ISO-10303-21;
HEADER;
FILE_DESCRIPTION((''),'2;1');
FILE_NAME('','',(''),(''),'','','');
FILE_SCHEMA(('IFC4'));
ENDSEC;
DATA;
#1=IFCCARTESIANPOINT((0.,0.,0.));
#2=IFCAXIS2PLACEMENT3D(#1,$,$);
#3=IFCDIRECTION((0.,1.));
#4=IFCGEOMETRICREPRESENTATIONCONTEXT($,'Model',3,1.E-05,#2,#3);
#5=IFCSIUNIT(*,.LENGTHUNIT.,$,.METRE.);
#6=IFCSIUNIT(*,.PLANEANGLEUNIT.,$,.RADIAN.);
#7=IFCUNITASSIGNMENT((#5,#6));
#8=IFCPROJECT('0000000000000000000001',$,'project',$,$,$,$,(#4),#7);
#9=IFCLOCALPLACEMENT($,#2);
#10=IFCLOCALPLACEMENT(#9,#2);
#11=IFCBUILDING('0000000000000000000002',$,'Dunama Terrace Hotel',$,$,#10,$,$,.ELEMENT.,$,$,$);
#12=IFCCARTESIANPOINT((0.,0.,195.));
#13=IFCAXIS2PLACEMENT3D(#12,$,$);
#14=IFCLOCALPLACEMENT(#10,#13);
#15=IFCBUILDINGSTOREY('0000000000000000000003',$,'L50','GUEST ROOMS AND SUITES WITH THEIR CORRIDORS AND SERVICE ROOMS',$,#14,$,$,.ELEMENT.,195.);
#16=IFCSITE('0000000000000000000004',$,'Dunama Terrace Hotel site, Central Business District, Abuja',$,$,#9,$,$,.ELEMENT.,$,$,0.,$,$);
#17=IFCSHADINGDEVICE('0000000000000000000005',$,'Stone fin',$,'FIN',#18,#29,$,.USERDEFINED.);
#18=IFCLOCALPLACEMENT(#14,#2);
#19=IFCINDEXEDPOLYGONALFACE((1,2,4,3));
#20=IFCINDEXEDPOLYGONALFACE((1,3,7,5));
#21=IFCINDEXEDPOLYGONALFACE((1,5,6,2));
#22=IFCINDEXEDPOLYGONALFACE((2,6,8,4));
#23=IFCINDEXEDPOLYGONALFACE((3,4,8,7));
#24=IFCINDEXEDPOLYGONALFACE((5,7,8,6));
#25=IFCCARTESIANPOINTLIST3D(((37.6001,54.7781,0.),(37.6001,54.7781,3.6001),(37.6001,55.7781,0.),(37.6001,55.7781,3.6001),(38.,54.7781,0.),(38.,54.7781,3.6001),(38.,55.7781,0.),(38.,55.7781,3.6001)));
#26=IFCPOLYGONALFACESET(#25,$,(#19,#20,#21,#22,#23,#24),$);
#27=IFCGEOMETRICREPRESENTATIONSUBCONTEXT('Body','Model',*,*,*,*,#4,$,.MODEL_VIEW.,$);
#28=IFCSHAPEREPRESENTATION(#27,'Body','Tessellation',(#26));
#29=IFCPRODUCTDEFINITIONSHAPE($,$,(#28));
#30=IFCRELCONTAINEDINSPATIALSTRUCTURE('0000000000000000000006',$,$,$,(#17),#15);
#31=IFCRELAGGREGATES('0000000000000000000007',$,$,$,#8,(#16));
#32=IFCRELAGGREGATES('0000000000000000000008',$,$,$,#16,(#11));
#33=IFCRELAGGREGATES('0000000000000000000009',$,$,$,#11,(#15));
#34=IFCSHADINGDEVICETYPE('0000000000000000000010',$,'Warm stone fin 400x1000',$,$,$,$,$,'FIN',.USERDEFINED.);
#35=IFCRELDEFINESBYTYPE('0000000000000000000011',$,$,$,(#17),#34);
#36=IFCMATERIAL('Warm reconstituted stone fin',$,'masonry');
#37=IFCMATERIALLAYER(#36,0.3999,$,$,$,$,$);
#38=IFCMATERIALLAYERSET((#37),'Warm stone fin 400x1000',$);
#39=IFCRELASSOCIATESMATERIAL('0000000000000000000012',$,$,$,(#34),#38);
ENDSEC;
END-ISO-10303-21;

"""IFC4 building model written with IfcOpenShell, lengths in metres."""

from ifc_helpers import new_model, si_unit, direction, frame, origin, origin_2d, place, context, subcontext, project, spatial, rectangle, extrude, material, layer, layer_set, type_object, element, save


model = new_model("IFC4")

# Units and contexts
model_context = context("Model", 3, precision=1e-05, world=origin(), true_north=direction((0.0, 1.0)))
body_context = subcontext(model_context, "Body", "Model", "MODEL_VIEW")
ifc_project = project(units=[si_unit("LENGTHUNIT", "METRE"), si_unit("PLANEANGLEUNIT", "RADIAN")], contexts=[model_context])

# Site, building, storey
site_placement = place(None, origin())
site = spatial("IfcSite", under=ifc_project, at=site_placement, Name="Dunama Terrace Hotel site, Central Business District, Abuja", CompositionType="ELEMENT", RefElevation=0.0)
building_placement = place(site_placement, origin())
building = spatial("IfcBuilding", under=site, at=building_placement, Name="Dunama Terrace Hotel", CompositionType="ELEMENT")
storey_placement = place(building_placement, frame((0.0, 0.0, 195.0)))
storey = spatial("IfcBuildingStorey", under=building, at=storey_placement, Name="L50", Description="GUEST ROOMS AND SUITES WITH THEIR CORRIDORS AND SERVICE ROOMS", CompositionType="ELEMENT", Elevation=195.0)

# Shading device
ifc_material_1 = material(Name="Warm reconstituted stone fin", Category="masonry")
ifc_layer_1 = layer(ifc_material_1, 0.3999)
ifc_layer_set_1 = layer_set([ifc_layer_1], Name="Warm stone fin 400x1000")
shading_device_type = type_object("IfcShadingDeviceType", Name="Warm stone fin 400x1000", ElementType="FIN", PredefinedType="USERDEFINED", material=ifc_layer_set_1)
shading_device_placement = place(storey_placement, frame((37.8, 55.2781, 0.0), z_axis=(0.0, 0.0, 1.0), x_axis=(-1.0, 0.0, 0.0)))
element("IfcShadingDevice", 1, at=shading_device_placement, inside=storey, type_object=shading_device_type, Name="Stone fin", ObjectType="FIN", PredefinedType="USERDEFINED", context=body_context, shape_type="SweptSolid", body=[
    extrude(rectangle(XDim=0.3999, YDim=1.0, at=origin_2d()), origin(), (0.0, 0.0, 1.0), 3.6001),
])

save(model, "model.ifc")
